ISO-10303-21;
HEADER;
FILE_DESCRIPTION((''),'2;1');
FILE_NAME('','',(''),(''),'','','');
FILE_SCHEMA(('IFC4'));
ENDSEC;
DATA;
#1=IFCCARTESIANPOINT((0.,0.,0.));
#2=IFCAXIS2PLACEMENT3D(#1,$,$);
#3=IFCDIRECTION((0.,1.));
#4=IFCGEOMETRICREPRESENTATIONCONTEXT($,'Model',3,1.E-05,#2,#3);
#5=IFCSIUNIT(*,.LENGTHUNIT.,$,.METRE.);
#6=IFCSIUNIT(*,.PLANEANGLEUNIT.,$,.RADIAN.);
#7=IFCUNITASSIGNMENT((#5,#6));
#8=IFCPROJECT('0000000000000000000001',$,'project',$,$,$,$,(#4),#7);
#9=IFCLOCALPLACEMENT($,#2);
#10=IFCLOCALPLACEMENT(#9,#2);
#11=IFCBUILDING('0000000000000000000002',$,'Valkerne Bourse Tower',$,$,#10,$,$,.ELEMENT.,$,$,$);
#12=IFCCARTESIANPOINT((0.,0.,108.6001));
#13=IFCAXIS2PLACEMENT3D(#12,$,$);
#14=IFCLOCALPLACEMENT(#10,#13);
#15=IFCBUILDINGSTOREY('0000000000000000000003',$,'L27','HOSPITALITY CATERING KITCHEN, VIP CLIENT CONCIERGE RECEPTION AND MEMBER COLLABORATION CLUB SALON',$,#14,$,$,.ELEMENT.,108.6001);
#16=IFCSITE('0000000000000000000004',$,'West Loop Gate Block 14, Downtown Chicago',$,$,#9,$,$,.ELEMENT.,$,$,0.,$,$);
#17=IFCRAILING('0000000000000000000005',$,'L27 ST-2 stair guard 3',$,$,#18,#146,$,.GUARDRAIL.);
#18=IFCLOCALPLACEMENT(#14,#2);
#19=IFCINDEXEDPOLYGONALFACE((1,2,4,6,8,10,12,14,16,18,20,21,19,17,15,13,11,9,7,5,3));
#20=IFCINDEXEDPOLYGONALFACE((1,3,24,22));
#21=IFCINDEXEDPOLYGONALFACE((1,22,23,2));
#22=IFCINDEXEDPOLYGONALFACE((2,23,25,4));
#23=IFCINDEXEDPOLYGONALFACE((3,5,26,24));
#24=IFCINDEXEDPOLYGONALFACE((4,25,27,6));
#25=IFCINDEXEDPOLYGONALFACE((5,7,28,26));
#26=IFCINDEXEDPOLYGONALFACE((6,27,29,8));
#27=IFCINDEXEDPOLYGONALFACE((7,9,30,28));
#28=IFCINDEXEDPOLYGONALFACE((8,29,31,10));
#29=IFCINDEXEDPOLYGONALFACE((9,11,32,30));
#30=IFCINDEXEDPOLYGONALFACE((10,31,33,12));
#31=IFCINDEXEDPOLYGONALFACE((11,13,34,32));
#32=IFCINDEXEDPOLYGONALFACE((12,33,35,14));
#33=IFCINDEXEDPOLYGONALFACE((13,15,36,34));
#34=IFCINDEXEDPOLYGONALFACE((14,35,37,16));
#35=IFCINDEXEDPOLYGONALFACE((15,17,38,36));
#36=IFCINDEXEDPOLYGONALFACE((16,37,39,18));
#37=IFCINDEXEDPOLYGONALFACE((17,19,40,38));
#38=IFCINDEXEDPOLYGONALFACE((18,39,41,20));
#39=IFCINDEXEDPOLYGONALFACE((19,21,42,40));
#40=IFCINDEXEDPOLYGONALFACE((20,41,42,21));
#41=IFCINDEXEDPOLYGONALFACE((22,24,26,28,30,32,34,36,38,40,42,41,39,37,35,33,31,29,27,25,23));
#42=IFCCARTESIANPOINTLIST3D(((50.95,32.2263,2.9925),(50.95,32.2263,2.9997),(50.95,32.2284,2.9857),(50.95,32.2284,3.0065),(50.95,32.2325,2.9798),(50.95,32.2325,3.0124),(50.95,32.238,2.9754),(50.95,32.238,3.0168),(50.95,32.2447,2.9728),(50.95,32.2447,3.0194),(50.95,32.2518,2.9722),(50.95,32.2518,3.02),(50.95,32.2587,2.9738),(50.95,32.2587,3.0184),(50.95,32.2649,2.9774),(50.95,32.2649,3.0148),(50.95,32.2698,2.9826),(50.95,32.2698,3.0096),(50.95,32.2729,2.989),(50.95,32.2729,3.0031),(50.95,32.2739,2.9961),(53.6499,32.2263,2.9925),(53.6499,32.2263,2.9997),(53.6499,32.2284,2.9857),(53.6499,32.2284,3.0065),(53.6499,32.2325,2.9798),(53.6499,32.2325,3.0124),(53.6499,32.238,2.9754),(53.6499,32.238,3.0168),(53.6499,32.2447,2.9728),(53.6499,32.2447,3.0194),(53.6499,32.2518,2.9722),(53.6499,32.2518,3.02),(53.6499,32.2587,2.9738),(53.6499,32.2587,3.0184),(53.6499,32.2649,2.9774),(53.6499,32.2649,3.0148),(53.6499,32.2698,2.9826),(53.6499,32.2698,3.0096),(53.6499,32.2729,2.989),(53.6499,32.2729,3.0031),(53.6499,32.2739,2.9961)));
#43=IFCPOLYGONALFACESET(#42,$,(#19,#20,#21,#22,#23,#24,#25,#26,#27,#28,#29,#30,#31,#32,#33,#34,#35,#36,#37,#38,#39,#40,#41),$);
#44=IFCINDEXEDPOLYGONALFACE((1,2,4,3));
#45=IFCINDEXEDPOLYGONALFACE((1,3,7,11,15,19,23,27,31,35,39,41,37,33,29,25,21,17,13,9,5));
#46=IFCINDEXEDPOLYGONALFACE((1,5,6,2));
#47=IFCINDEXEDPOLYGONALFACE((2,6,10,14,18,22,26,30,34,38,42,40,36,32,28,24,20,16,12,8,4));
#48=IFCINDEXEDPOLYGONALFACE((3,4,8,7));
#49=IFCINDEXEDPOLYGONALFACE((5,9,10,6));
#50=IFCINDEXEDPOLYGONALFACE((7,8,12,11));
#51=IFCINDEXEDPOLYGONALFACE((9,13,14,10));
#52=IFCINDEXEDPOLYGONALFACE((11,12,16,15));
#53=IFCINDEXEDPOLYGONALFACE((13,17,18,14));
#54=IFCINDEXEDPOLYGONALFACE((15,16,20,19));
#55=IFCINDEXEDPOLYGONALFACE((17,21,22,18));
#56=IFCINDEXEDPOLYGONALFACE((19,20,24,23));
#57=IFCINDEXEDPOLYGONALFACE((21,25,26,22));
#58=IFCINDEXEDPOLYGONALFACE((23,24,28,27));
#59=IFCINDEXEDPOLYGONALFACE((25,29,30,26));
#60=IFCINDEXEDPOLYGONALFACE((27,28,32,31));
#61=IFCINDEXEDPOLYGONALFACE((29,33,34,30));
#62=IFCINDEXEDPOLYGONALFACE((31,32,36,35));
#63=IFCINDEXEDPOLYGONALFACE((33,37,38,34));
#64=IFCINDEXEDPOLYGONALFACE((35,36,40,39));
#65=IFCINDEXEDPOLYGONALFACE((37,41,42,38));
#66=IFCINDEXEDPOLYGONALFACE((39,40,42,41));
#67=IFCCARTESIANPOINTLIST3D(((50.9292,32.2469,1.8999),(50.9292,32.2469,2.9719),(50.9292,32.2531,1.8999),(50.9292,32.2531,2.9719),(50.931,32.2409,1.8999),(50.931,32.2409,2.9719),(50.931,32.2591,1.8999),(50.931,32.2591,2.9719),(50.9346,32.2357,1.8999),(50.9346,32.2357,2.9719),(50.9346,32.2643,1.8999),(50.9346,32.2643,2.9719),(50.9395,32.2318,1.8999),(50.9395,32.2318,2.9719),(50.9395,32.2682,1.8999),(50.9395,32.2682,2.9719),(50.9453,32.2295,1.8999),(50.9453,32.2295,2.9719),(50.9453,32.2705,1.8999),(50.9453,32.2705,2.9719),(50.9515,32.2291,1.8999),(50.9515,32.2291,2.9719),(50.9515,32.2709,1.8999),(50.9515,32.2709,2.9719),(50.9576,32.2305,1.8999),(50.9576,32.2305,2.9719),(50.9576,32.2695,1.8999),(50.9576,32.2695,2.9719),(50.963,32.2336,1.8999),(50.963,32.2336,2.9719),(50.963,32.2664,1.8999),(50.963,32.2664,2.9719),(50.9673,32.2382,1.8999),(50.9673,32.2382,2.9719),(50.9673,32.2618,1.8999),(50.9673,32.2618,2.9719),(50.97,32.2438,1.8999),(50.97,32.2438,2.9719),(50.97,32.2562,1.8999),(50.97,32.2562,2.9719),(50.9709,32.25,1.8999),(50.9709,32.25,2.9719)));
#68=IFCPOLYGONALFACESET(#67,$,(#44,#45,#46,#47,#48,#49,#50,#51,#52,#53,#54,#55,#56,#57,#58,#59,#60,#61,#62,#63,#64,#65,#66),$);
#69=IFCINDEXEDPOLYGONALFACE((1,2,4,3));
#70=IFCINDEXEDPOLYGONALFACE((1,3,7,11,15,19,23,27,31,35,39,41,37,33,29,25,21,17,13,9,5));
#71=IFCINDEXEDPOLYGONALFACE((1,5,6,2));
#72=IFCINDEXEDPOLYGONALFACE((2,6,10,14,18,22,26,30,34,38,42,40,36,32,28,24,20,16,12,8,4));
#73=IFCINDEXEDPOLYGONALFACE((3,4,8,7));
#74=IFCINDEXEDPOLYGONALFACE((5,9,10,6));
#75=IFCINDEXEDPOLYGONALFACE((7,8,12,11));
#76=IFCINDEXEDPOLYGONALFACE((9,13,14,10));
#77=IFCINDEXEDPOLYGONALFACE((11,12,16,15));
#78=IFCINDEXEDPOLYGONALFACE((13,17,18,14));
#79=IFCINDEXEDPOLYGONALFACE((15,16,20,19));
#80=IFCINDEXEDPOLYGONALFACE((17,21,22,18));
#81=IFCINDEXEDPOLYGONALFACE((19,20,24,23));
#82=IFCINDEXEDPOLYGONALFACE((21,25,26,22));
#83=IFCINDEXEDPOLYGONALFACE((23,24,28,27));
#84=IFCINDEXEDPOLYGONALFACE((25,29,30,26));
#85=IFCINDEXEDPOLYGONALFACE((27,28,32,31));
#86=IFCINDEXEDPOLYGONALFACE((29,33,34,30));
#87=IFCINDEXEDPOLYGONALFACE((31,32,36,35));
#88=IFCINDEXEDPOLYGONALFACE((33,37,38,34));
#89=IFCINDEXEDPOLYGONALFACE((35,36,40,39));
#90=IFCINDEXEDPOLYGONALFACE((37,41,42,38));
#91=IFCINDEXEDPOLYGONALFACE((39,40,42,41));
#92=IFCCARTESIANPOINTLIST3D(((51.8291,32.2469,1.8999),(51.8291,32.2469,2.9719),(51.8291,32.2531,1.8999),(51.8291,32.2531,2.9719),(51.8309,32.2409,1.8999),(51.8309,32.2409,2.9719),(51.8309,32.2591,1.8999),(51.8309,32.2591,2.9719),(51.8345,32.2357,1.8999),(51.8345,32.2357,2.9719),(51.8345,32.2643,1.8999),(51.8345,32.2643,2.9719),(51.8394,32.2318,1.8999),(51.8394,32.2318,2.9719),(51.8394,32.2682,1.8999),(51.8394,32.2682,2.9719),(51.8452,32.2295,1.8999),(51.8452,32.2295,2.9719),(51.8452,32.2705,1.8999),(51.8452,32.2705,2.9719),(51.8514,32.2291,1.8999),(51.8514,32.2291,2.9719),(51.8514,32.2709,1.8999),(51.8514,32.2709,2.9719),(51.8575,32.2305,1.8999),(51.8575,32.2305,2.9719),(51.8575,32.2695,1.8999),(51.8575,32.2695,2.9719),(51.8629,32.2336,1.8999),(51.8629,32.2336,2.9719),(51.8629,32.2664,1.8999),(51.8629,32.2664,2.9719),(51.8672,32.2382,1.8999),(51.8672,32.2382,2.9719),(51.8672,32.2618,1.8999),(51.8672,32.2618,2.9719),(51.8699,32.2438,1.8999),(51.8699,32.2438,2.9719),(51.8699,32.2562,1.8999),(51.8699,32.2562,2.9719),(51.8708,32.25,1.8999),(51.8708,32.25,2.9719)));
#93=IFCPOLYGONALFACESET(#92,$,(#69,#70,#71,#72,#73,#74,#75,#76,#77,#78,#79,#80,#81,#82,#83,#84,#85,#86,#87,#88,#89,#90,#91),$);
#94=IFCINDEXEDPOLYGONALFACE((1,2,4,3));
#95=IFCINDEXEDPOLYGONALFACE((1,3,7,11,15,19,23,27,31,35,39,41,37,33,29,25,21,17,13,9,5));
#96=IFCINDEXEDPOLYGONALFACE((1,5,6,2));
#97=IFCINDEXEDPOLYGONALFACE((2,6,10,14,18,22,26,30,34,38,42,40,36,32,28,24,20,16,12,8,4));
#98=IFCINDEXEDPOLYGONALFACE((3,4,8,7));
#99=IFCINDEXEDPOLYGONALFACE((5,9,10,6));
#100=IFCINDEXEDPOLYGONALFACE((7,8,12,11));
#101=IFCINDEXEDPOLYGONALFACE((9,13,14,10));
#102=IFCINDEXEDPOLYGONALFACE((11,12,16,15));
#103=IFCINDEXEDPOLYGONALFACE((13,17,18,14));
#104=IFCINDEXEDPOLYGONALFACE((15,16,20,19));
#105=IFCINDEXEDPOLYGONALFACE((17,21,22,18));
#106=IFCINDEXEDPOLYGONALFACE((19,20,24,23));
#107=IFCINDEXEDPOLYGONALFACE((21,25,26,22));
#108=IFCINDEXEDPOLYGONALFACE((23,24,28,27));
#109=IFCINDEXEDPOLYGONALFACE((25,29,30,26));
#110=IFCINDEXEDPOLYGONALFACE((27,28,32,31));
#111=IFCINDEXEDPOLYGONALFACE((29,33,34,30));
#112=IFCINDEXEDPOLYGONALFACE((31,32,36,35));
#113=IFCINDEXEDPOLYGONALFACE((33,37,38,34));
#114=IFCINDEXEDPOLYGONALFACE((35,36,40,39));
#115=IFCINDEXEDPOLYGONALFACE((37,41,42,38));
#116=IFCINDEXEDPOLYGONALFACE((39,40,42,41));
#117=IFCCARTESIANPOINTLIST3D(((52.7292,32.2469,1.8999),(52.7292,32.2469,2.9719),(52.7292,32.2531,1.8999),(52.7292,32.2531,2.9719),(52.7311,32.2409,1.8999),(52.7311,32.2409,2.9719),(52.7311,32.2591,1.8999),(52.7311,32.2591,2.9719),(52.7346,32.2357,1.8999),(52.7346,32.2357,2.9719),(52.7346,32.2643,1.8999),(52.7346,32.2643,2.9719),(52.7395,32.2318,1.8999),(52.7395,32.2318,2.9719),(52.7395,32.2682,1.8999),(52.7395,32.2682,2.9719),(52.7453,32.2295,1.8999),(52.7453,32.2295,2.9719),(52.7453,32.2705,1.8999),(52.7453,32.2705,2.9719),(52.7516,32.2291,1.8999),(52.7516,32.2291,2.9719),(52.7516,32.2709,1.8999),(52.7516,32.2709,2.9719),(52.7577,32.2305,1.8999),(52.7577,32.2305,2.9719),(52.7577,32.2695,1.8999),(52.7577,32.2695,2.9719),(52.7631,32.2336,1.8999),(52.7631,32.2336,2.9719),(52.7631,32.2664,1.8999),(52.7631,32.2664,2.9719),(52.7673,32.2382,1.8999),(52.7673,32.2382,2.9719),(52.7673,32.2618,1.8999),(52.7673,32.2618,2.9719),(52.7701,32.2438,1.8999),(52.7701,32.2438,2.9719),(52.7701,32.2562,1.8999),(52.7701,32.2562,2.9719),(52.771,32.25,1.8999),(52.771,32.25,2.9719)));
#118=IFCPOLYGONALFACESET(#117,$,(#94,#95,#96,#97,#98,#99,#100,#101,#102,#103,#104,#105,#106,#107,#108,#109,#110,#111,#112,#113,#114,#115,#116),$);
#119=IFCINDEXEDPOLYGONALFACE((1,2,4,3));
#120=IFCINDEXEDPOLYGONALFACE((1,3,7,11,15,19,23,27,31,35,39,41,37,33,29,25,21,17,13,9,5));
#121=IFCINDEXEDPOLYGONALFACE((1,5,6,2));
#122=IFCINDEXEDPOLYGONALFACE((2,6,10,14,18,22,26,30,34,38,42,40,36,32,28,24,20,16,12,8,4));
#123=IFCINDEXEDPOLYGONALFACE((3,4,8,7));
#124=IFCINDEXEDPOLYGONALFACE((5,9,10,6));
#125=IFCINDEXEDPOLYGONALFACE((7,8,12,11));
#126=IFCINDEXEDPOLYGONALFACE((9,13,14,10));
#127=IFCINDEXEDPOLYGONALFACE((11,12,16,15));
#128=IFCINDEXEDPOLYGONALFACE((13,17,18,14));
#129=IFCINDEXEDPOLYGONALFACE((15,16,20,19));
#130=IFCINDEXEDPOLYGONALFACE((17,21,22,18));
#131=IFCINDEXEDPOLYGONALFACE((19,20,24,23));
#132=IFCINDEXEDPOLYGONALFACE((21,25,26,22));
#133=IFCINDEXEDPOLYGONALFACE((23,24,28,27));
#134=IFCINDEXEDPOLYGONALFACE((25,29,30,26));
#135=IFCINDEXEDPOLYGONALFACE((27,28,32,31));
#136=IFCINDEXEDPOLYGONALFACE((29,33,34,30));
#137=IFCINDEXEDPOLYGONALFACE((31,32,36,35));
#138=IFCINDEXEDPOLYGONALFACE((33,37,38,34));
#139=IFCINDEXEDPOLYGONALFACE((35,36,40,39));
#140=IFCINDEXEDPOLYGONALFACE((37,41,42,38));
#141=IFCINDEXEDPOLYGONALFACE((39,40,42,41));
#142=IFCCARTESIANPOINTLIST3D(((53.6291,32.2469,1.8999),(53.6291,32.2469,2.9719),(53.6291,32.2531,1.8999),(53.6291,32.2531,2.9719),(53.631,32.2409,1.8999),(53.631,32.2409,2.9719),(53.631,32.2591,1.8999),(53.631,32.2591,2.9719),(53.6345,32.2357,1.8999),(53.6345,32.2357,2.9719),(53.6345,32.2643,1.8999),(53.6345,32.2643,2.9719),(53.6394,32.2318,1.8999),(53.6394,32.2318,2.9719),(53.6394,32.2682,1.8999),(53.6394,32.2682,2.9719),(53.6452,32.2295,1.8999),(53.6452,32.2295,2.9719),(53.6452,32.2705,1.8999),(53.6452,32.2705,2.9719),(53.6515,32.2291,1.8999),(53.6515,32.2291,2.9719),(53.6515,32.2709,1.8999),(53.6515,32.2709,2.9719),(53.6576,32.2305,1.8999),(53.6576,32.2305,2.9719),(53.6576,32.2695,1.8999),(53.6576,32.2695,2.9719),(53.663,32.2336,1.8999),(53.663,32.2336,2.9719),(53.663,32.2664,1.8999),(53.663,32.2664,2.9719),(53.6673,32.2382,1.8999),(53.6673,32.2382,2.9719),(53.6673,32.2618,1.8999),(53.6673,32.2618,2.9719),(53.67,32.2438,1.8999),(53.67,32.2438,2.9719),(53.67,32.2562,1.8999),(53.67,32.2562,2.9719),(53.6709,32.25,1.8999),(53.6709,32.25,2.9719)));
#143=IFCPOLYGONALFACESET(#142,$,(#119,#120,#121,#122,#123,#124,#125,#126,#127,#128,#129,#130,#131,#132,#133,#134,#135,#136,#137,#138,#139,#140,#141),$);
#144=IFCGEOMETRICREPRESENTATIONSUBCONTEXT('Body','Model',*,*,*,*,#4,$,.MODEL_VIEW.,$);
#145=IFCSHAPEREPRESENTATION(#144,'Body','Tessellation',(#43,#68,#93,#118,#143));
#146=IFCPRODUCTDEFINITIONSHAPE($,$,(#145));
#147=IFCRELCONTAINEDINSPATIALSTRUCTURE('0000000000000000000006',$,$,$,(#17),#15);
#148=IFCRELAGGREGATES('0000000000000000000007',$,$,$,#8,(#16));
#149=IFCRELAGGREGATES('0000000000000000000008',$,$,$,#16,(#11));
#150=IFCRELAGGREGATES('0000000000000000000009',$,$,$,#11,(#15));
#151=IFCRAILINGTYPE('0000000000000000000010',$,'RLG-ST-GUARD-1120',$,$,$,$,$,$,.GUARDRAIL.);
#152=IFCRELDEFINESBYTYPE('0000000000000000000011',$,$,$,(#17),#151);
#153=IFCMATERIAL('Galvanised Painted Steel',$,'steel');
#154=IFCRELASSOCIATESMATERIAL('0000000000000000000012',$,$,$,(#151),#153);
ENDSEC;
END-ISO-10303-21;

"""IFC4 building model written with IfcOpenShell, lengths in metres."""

from ifc_helpers import new_model, si_unit, direction, frame, origin, origin_2d, place, context, subcontext, project, spatial, circle, extrude, material, type_object, element, save


model = new_model("IFC4")

# Units and contexts
model_context = context("Model", 3, precision=1e-05, world=origin(), true_north=direction((0.0, 1.0)))
body_context = subcontext(model_context, "Body", "Model", "MODEL_VIEW")
ifc_project = project(units=[si_unit("LENGTHUNIT", "METRE"), si_unit("PLANEANGLEUNIT", "RADIAN")], contexts=[model_context])

# Site, building, storey
site_placement = place(None, origin())
site = spatial("IfcSite", under=ifc_project, at=site_placement, Name="West Loop Gate Block 14, Downtown Chicago", CompositionType="ELEMENT", RefElevation=0.0)
building_placement = place(site_placement, origin())
building = spatial("IfcBuilding", under=site, at=building_placement, Name="Valkerne Bourse Tower", CompositionType="ELEMENT")
storey_placement = place(building_placement, frame((0.0, 0.0, 108.6001)))
storey = spatial("IfcBuildingStorey", under=building, at=storey_placement, Name="L27", Description="HOSPITALITY CATERING KITCHEN, VIP CLIENT CONCIERGE RECEPTION AND MEMBER COLLABORATION CLUB SALON", CompositionType="ELEMENT", Elevation=108.6001)

# Railing
ifc_material_1 = material(Name="Galvanised Painted Steel", Category="steel")
railing_type_1 = type_object("IfcRailingType", Name="RLG-ST-GUARD-1120", PredefinedType="GUARDRAIL", material=ifc_material_1)
for number, where, name in (
    (1, (50.95, 32.25, 1.8999), "L27 ST-2 stair guard 3"),
):
    element("IfcRailing", number, at=place(storey_placement, frame(where)), inside=storey, type_object=railing_type_1, Name=name, PredefinedType="GUARDRAIL", context=body_context, shape_type="SweptSolid", body=[
        extrude(circle(Radius=0.0239, at=origin_2d()), frame((0.0, 0.0, 1.0962), z_axis=(1.0, 0.0, 0.0), x_axis=(0.0, 1.0, 0.0)), (0.0, 0.0, 1.0), 2.7),
        extrude(circle(Radius=0.021, at=origin_2d()), origin(), (0.0, 0.0, 1.0), 1.072),
        extrude(circle(Radius=0.021, at=origin_2d()), frame((0.8999, 0.0, 0.0)), (0.0, 0.0, 1.0), 1.072),
        extrude(circle(Radius=0.021, at=origin_2d()), frame((1.8, 0.0, 0.0)), (0.0, 0.0, 1.0), 1.072),
        extrude(circle(Radius=0.021, at=origin_2d()), frame((2.7, 0.0, 0.0)), (0.0, 0.0, 1.0), 1.072),
    ])

save(model, "model.ifc")
